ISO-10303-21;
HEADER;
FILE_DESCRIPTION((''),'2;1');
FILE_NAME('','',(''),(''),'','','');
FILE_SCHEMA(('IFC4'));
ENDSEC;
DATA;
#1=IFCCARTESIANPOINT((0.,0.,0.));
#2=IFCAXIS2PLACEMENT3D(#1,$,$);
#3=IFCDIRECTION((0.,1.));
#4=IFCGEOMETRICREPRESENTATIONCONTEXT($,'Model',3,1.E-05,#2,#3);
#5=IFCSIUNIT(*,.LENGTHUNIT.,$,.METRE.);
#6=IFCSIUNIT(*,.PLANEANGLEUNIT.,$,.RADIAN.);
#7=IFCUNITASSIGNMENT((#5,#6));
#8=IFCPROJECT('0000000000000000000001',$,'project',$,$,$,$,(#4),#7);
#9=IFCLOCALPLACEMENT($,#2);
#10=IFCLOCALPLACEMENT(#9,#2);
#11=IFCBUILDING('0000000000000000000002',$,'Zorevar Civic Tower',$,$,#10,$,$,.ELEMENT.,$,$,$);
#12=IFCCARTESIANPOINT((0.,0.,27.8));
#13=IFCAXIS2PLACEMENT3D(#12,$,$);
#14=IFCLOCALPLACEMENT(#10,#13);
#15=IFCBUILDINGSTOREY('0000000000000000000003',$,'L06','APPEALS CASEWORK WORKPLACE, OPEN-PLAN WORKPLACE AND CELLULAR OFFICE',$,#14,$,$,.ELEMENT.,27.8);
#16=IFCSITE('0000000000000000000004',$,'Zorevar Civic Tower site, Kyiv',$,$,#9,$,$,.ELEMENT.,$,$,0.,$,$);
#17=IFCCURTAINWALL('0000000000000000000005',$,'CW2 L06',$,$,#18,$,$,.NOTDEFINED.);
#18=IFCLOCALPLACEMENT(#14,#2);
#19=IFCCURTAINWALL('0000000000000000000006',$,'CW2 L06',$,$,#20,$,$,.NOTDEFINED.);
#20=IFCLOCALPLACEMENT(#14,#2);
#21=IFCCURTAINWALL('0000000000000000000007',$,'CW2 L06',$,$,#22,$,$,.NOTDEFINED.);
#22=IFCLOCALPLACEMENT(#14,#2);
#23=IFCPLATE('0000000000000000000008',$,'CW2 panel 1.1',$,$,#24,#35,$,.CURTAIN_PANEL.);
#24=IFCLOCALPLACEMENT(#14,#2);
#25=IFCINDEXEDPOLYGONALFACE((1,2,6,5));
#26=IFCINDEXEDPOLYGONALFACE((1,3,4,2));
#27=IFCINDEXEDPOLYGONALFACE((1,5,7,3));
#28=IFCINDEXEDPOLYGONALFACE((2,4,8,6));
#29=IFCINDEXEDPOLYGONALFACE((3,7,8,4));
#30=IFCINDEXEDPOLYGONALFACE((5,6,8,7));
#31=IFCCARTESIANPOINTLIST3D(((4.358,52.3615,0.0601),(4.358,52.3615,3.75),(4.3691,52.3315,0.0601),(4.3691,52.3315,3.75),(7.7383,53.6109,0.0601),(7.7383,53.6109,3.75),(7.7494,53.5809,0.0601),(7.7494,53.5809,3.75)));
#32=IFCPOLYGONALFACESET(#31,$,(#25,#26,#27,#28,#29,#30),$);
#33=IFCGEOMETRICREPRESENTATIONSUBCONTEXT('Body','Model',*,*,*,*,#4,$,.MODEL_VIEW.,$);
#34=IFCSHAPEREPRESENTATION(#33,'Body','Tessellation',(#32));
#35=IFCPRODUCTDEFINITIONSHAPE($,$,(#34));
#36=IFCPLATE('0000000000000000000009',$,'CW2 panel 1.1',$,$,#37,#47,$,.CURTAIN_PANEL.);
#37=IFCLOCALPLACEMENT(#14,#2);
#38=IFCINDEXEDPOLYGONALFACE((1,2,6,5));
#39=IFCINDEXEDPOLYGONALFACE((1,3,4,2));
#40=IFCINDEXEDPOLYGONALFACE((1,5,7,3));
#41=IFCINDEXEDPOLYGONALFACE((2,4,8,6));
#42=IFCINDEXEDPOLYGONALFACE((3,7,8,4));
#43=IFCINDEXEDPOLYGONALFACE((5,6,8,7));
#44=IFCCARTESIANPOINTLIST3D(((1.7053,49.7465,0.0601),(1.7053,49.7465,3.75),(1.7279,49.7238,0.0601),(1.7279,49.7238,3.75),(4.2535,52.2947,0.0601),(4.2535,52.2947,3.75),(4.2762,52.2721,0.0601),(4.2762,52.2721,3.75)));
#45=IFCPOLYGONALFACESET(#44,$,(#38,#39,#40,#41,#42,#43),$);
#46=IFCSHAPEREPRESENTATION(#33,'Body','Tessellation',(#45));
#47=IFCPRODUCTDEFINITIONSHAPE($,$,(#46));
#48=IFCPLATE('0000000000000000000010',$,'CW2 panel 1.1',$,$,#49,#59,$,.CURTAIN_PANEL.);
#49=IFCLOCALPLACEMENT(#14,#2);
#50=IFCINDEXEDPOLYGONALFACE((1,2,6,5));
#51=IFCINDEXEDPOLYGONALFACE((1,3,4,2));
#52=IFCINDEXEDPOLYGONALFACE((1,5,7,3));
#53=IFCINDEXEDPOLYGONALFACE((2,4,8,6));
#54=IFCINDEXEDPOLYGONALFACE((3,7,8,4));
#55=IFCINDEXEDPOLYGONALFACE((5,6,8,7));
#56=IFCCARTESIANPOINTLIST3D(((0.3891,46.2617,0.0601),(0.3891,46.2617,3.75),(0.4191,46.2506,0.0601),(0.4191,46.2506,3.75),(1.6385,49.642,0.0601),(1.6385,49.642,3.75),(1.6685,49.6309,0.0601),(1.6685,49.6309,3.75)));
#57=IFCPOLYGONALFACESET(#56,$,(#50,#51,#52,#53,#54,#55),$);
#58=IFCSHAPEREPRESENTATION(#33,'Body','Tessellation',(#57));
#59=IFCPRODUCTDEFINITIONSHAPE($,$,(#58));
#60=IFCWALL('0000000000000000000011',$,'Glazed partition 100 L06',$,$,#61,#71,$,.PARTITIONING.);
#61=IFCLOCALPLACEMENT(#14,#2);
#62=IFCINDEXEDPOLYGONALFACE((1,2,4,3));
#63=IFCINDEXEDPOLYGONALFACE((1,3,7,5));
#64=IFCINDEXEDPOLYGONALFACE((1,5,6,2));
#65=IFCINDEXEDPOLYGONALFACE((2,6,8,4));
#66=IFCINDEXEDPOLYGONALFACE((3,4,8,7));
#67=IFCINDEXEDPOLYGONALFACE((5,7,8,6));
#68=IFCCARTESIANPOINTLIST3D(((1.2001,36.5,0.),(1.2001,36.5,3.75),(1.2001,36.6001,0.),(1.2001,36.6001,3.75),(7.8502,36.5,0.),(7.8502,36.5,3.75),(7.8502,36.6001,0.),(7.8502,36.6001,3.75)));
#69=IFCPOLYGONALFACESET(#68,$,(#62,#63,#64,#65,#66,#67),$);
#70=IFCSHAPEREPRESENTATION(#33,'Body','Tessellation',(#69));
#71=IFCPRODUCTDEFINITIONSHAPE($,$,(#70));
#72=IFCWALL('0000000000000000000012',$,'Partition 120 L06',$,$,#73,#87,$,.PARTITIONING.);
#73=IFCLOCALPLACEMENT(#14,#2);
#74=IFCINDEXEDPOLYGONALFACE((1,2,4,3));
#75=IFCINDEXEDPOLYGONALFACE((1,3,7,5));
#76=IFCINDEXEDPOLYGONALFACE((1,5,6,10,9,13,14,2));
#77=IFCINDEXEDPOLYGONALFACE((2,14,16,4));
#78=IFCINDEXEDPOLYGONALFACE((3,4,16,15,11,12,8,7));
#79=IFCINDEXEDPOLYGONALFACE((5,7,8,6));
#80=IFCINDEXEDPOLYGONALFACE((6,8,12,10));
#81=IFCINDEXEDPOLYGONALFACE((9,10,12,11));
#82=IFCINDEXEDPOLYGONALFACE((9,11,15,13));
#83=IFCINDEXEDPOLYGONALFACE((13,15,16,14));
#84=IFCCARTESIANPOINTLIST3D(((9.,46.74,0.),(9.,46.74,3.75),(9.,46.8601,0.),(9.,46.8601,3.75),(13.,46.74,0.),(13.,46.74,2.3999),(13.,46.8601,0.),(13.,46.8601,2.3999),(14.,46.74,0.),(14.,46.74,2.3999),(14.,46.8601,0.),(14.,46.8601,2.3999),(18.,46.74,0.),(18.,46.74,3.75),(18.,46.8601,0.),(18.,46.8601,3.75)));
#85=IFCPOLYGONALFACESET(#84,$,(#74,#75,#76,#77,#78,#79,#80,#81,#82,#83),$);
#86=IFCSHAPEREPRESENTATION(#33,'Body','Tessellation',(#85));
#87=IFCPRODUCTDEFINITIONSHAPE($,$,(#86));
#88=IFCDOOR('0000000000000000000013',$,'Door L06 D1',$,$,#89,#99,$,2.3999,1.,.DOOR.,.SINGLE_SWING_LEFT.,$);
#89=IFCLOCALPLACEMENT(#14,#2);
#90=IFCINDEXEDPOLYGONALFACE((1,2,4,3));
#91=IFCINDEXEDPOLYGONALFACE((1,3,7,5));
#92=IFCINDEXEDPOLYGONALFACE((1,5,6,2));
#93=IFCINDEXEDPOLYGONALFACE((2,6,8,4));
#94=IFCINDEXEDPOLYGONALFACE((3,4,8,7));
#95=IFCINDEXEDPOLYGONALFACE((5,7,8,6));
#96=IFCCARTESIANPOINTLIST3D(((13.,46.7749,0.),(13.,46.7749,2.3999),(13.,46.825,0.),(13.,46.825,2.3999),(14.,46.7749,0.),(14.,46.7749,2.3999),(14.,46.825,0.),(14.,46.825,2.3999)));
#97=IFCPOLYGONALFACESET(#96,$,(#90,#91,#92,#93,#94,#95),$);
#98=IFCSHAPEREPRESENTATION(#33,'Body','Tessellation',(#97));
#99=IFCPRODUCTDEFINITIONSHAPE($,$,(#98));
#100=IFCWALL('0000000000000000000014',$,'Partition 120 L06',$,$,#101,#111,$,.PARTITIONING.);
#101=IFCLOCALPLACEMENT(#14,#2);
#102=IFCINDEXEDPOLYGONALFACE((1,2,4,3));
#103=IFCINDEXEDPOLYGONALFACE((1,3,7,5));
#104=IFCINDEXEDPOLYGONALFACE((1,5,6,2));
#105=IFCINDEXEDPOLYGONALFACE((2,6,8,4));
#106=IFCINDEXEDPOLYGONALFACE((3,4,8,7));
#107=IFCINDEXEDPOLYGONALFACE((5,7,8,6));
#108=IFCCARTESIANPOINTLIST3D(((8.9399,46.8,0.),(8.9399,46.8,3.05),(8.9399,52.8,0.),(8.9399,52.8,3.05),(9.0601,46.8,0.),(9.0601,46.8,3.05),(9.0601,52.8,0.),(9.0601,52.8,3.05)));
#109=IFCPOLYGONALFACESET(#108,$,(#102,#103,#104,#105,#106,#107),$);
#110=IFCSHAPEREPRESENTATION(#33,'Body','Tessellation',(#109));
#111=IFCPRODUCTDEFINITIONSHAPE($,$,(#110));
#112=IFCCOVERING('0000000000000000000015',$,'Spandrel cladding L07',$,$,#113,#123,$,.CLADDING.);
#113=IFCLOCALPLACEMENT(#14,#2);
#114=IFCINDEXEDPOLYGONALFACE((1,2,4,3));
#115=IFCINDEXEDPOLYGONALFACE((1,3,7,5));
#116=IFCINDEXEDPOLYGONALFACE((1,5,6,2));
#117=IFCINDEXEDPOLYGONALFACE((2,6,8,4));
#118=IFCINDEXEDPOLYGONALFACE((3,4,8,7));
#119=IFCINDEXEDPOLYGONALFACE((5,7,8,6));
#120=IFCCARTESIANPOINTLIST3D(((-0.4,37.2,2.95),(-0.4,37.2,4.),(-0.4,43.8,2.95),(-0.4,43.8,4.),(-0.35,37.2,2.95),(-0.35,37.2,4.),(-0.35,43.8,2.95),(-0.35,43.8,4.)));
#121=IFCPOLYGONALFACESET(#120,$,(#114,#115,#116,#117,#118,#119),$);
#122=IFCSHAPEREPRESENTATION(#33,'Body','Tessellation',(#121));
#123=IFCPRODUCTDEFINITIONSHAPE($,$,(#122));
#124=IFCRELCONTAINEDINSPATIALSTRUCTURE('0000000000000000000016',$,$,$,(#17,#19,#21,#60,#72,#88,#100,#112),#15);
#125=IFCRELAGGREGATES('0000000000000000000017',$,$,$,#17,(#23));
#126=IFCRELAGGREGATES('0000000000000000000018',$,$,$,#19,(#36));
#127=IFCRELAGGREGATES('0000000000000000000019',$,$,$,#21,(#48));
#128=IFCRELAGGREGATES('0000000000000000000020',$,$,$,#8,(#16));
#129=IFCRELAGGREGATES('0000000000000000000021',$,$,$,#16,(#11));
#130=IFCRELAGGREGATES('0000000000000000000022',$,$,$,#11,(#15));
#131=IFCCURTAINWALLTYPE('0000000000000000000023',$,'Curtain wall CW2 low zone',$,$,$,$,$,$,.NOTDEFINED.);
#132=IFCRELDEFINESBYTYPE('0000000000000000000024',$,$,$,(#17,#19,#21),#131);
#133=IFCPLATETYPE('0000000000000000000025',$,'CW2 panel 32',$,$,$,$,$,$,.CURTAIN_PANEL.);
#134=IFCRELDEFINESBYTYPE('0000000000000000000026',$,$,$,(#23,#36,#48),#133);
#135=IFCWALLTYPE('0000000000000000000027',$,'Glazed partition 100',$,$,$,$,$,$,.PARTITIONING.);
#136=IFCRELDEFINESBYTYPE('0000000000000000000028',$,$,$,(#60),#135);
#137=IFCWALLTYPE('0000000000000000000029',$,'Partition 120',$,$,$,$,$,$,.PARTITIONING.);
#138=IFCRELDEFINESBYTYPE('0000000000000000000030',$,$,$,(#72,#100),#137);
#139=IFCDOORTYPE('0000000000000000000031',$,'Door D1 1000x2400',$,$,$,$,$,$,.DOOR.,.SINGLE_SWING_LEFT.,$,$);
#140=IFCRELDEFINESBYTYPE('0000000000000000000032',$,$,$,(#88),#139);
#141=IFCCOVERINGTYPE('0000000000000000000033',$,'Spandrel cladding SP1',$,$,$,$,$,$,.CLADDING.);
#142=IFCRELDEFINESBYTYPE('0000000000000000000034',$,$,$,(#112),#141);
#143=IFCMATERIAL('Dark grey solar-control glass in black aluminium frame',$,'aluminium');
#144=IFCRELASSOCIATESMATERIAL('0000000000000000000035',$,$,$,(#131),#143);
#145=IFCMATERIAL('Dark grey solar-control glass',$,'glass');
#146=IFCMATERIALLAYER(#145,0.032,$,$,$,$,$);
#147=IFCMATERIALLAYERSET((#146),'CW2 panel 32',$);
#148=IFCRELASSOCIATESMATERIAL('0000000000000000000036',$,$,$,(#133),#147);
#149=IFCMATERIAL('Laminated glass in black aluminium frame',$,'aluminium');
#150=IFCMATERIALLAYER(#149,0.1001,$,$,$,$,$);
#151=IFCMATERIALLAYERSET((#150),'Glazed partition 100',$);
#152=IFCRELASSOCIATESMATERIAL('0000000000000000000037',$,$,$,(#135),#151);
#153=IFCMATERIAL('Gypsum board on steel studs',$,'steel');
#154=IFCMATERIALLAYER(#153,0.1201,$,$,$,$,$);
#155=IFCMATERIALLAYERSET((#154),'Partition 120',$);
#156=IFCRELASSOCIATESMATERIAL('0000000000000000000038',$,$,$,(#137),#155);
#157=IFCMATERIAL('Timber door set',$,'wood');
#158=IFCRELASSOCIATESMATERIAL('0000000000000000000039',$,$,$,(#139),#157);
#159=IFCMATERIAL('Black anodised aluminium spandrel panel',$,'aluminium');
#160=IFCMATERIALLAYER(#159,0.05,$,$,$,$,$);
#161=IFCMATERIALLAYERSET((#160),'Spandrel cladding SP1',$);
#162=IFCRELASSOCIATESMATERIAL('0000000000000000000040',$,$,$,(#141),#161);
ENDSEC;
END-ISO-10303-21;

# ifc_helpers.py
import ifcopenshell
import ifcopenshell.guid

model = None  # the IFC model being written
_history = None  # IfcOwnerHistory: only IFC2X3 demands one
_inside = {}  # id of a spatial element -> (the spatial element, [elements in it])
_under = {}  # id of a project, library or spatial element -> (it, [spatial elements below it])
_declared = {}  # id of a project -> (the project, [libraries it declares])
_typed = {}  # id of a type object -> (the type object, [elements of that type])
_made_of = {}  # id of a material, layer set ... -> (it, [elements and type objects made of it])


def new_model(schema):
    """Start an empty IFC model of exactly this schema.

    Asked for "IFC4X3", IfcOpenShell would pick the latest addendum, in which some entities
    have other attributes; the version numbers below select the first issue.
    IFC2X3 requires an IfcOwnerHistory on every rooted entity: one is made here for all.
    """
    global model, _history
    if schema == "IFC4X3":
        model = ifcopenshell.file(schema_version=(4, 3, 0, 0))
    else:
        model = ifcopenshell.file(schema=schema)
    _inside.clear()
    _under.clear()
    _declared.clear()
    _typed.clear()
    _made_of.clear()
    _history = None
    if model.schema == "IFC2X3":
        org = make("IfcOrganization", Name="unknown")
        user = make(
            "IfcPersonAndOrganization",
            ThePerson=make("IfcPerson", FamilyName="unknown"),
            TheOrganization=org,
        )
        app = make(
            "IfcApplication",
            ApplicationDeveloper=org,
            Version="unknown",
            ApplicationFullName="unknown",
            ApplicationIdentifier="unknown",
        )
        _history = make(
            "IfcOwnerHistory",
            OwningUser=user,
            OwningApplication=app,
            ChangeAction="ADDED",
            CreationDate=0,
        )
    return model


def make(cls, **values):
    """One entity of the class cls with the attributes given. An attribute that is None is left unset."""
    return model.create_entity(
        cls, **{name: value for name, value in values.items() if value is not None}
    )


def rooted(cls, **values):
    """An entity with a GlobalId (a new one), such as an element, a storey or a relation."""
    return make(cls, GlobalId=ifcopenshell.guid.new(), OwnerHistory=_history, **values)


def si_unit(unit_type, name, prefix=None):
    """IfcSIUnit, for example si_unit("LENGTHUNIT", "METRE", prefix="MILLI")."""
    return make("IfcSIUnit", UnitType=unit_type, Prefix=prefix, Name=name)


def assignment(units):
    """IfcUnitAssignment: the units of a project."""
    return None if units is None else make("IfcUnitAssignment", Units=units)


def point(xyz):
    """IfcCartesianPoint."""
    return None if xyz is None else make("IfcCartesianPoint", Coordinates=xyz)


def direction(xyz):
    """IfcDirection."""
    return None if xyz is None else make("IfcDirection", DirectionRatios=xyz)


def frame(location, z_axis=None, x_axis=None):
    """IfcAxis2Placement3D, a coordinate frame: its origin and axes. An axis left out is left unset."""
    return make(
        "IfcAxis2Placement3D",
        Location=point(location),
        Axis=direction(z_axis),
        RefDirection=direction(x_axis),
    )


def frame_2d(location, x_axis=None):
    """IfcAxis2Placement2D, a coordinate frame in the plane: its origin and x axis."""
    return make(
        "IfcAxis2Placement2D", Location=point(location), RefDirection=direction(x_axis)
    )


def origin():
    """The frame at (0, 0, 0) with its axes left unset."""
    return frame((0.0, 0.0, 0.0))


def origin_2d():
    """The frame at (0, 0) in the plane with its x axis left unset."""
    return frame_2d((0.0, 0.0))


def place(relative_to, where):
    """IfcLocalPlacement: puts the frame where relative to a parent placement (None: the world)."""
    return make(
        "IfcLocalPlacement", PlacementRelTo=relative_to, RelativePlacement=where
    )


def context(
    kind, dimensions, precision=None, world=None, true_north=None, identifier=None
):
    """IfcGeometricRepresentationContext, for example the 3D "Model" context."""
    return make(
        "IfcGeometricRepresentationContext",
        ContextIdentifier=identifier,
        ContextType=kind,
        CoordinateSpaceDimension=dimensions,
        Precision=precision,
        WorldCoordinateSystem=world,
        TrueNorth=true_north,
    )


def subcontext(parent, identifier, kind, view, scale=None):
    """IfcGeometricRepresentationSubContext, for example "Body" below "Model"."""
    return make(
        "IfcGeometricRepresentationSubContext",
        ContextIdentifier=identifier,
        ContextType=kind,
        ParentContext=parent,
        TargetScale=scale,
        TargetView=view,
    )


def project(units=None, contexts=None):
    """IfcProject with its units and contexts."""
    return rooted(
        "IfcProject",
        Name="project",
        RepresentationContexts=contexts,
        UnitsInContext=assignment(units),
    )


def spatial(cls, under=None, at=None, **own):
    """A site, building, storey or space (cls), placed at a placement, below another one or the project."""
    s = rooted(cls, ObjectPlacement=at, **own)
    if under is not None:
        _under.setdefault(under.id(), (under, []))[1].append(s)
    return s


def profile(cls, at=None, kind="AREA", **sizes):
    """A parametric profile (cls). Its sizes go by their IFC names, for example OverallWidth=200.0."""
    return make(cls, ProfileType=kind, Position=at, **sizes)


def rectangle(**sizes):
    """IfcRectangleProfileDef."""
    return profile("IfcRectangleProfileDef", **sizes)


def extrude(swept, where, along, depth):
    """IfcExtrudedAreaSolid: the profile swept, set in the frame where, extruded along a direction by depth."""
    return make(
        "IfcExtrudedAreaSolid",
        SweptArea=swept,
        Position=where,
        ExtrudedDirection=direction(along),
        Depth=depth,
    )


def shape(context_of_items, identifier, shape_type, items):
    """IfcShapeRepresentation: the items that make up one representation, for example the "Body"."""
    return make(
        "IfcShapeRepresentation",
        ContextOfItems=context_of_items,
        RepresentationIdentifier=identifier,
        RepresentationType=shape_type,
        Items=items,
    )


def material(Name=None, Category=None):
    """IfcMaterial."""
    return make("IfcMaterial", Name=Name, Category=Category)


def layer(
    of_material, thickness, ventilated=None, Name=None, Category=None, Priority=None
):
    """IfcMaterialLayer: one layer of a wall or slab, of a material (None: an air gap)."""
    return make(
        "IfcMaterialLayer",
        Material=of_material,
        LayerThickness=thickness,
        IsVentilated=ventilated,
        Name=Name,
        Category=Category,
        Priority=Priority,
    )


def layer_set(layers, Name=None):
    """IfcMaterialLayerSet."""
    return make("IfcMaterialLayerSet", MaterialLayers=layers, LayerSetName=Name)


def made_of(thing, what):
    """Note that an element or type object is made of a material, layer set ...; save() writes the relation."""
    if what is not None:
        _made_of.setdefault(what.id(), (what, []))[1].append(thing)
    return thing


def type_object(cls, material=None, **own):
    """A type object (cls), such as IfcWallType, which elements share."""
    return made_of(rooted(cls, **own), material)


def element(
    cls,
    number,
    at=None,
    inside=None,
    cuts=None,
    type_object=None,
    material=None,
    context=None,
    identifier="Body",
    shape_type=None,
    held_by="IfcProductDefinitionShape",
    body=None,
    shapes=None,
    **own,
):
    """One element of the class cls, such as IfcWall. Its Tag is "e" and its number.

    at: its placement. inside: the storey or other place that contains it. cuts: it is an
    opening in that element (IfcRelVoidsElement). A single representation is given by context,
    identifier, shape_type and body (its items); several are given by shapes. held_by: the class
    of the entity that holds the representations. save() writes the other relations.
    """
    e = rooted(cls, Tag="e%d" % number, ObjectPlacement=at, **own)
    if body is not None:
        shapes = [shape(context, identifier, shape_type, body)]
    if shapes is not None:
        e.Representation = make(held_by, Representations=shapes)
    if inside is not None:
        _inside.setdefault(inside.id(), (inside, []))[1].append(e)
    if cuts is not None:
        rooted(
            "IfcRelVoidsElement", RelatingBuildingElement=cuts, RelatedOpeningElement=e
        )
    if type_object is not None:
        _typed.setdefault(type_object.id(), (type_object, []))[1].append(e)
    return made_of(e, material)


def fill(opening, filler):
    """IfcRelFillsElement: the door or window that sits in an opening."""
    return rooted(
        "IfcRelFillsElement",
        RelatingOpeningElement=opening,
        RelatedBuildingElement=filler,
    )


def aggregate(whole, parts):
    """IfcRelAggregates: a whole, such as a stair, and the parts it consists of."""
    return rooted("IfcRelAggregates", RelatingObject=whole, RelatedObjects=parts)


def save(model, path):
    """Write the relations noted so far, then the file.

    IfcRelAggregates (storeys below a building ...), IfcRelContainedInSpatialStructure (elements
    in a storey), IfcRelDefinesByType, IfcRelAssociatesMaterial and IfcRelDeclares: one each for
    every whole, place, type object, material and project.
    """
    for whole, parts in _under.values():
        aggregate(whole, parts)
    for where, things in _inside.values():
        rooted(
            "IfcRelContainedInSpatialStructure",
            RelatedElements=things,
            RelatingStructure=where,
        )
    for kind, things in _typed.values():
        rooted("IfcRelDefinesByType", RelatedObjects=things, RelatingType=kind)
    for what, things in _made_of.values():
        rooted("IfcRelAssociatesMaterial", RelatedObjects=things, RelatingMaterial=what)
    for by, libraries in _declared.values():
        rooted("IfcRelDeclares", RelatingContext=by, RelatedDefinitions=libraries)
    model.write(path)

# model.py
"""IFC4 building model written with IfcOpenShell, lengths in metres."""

from ifc_helpers import new_model, si_unit, direction, frame, frame_2d, origin, origin_2d, place, context, subcontext, project, spatial, rectangle, extrude, material, layer, layer_set, type_object, element, fill, aggregate, save


model = new_model("IFC4")

# Units and contexts
model_context = context("Model", 3, precision=1e-05, world=origin(), true_north=direction((0.0, 1.0)))
body_context = subcontext(model_context, "Body", "Model", "MODEL_VIEW")
ifc_project = project(units=[si_unit("LENGTHUNIT", "METRE"), si_unit("PLANEANGLEUNIT", "RADIAN")], contexts=[model_context])

# Site, building, storey
site_placement = place(None, origin())
site = spatial("IfcSite", under=ifc_project, at=site_placement, Name="Zorevar Civic Tower site, Kyiv", CompositionType="ELEMENT", RefElevation=0.0)
building_placement = place(site_placement, origin())
building = spatial("IfcBuilding", under=site, at=building_placement, Name="Zorevar Civic Tower", CompositionType="ELEMENT")
storey_placement = place(building_placement, frame((0.0, 0.0, 27.8)))
storey = spatial("IfcBuildingStorey", under=building, at=storey_placement, Name="L06", Description="APPEALS CASEWORK WORKPLACE, OPEN-PLAN WORKPLACE AND CELLULAR OFFICE", CompositionType="ELEMENT", Elevation=27.8)

# Curtain walls
ifc_material_1 = material(Name="Dark grey solar-control glass in black aluminium frame", Category="aluminium")
curtain_wall_type = type_object("IfcCurtainWallType", Name="Curtain wall CW2 low zone", PredefinedType="NOTDEFINED", material=ifc_material_1)
curtain_wall_1_placement = place(storey_placement, origin())
curtain_wall_1 = element("IfcCurtainWall", 1, at=curtain_wall_1_placement, inside=storey, type_object=curtain_wall_type, Name="CW2 L06", PredefinedType="NOTDEFINED")
curtain_wall_2_placement = place(storey_placement, origin())
curtain_wall_2 = element("IfcCurtainWall", 2, at=curtain_wall_2_placement, inside=storey, type_object=curtain_wall_type, Name="CW2 L06", PredefinedType="NOTDEFINED")
curtain_wall_3_placement = place(storey_placement, origin())
curtain_wall_3 = element("IfcCurtainWall", 3, at=curtain_wall_3_placement, inside=storey, type_object=curtain_wall_type, Name="CW2 L06", PredefinedType="NOTDEFINED")

# Plates
ifc_material_2 = material(Name="Dark grey solar-control glass", Category="glass")
ifc_layer_1 = layer(ifc_material_2, 0.032)
ifc_layer_set_1 = layer_set([ifc_layer_1], Name="CW2 panel 32")
plate_type = type_object("IfcPlateType", Name="CW2 panel 32", PredefinedType="CURTAIN_PANEL", material=ifc_layer_set_1)
plate_1_placement = place(storey_placement, frame((6.0537, 52.9712, 0.0601), z_axis=(0.0, 0.0, 1.0), x_axis=(-0.937975, -0.346704, 0.0)))
plate_1 = element("IfcPlate", 4, at=plate_1_placement, type_object=plate_type, Name="CW2 panel 1.1", PredefinedType="CURTAIN_PANEL", context=body_context, shape_type="SweptSolid", body=[
    extrude(rectangle(XDim=3.6038, YDim=0.032, at=origin_2d()), origin(), (0.0, 0.0, 1.0), 3.6899),
])
aggregate(curtain_wall_1, [plate_1])
plate_2_placement = place(storey_placement, frame((2.9907, 51.0093, 0.0601), z_axis=(0.0, 0.0, 1.0), x_axis=(-0.707107, -0.707107, 0.0)))
plate_2 = element("IfcPlate", 5, at=plate_2_placement, type_object=plate_type, Name="CW2 panel 1.1", PredefinedType="CURTAIN_PANEL", context=body_context, shape_type="SweptSolid", body=[
    extrude(rectangle(XDim=3.6038, YDim=0.032, at=origin_2d()), origin(), (0.0, 0.0, 1.0), 3.6899),
])
aggregate(curtain_wall_2, [plate_2])
plate_3_placement = place(storey_placement, frame((1.0288, 47.9463, 0.0601), z_axis=(0.0, 0.0, 1.0), x_axis=(-0.346704, -0.937975, 0.0)))
plate_3 = element("IfcPlate", 6, at=plate_3_placement, type_object=plate_type, Name="CW2 panel 1.1", PredefinedType="CURTAIN_PANEL", context=body_context, shape_type="SweptSolid", body=[
    extrude(rectangle(XDim=3.6038, YDim=0.032, at=origin_2d()), origin(), (0.0, 0.0, 1.0), 3.6899),
])
aggregate(curtain_wall_3, [plate_3])

# Wall
ifc_material_3 = material(Name="Laminated glass in black aluminium frame", Category="aluminium")
ifc_layer_2 = layer(ifc_material_3, 0.1001)
ifc_layer_set_2 = layer_set([ifc_layer_2], Name="Glazed partition 100")
wall_type_1 = type_object("IfcWallType", Name="Glazed partition 100", PredefinedType="PARTITIONING", material=ifc_layer_set_2)
wall_1_placement = place(storey_placement, frame((1.2, 36.55, 0.0), z_axis=(0.0, 0.0, 1.0), x_axis=(1.0, 0.0, 0.0)))
element("IfcWall", 7, at=wall_1_placement, inside=storey, type_object=wall_type_1, Name="Glazed partition 100 L06", PredefinedType="PARTITIONING", context=body_context, shape_type="SweptSolid", body=[
    extrude(rectangle(XDim=6.6501, YDim=0.1001, at=frame_2d((3.3252, 0.0))), origin(), (0.0, 0.0, 1.0), 3.75),
])

# Wall, opening, door
ifc_material_4 = material(Name="Gypsum board on steel studs", Category="steel")
ifc_layer_3 = layer(ifc_material_4, 0.1201)
ifc_layer_set_3 = layer_set([ifc_layer_3], Name="Partition 120")
wall_type_2 = type_object("IfcWallType", Name="Partition 120", PredefinedType="PARTITIONING", material=ifc_layer_set_3)
wall_2_placement = place(storey_placement, frame((9.0, 46.8, 0.0), z_axis=(0.0, 0.0, 1.0), x_axis=(1.0, 0.0, 0.0)))
wall_2 = element("IfcWall", 8, at=wall_2_placement, inside=storey, type_object=wall_type_2, Name="Partition 120 L06", PredefinedType="PARTITIONING", context=body_context, shape_type="SweptSolid", body=[
    extrude(rectangle(XDim=9.0, YDim=0.1201, at=frame_2d((4.5, 0.0))), origin(), (0.0, 0.0, 1.0), 3.75),
])
opening_placement = place(wall_2_placement, frame((4.0, 0.0, 0.0)))
opening = element("IfcOpeningElement", 9, at=opening_placement, cuts=wall_2, PredefinedType="OPENING", context=body_context, shape_type="SweptSolid", body=[
    extrude(rectangle(XDim=1.0, YDim=2.3999, at=frame_2d((0.5, 1.2))), frame((0.0, 0.0701, 0.0), z_axis=(0.0, -1.0, 0.0), x_axis=(1.0, 0.0, 0.0)), (0.0, 0.0, 1.0), 0.1401),
])
ifc_material_5 = material(Name="Timber door set", Category="wood")
door_type = type_object("IfcDoorType", Name="Door D1 1000x2400", OperationType="SINGLE_SWING_LEFT", PredefinedType="DOOR", material=ifc_material_5)
door_placement = place(opening_placement, origin())
door = element("IfcDoor", 10, at=door_placement, inside=storey, type_object=door_type, Name="Door L06 D1", OperationType="SINGLE_SWING_LEFT", OverallHeight=2.3999, OverallWidth=1.0, PredefinedType="DOOR", context=body_context, shape_type="SweptSolid", body=[
    extrude(rectangle(XDim=1.0, YDim=2.3999, at=frame_2d((0.5, 1.2))), frame((0.0, 0.0249, 0.0), z_axis=(0.0, -1.0, 0.0), x_axis=(1.0, 0.0, 0.0)), (0.0, 0.0, 1.0), 0.05),
])
fill(opening, door)

# Wall
wall_3_placement = place(storey_placement, frame((9.0, 46.8, 0.0), z_axis=(0.0, 0.0, 1.0), x_axis=(0.0, 1.0, 0.0)))
element("IfcWall", 11, at=wall_3_placement, inside=storey, type_object=wall_type_2, Name="Partition 120 L06", PredefinedType="PARTITIONING", context=body_context, shape_type="SweptSolid", body=[
    extrude(rectangle(XDim=6.0, YDim=0.1201, at=frame_2d((3.0, 0.0))), origin(), (0.0, 0.0, 1.0), 3.05),
])

# Covering
ifc_material_6 = material(Name="Black anodised aluminium spandrel panel", Category="aluminium")
ifc_layer_4 = layer(ifc_material_6, 0.05)
ifc_layer_set_4 = layer_set([ifc_layer_4], Name="Spandrel cladding SP1")
covering_type = type_object("IfcCoveringType", Name="Spandrel cladding SP1", PredefinedType="CLADDING", material=ifc_layer_set_4)
covering_placement = place(storey_placement, frame((-0.375, 37.2, 2.95), z_axis=(0.0, 0.0, 1.0), x_axis=(0.0, 1.0, 0.0)))
element("IfcCovering", 12, at=covering_placement, inside=storey, type_object=covering_type, Name="Spandrel cladding L07", PredefinedType="CLADDING", context=body_context, shape_type="SweptSolid", body=[
    extrude(rectangle(XDim=6.6001, YDim=0.05, at=frame_2d((3.3, 0.0))), origin(), (0.0, 0.0, 1.0), 1.05),
])

save(model, "model.ifc")
